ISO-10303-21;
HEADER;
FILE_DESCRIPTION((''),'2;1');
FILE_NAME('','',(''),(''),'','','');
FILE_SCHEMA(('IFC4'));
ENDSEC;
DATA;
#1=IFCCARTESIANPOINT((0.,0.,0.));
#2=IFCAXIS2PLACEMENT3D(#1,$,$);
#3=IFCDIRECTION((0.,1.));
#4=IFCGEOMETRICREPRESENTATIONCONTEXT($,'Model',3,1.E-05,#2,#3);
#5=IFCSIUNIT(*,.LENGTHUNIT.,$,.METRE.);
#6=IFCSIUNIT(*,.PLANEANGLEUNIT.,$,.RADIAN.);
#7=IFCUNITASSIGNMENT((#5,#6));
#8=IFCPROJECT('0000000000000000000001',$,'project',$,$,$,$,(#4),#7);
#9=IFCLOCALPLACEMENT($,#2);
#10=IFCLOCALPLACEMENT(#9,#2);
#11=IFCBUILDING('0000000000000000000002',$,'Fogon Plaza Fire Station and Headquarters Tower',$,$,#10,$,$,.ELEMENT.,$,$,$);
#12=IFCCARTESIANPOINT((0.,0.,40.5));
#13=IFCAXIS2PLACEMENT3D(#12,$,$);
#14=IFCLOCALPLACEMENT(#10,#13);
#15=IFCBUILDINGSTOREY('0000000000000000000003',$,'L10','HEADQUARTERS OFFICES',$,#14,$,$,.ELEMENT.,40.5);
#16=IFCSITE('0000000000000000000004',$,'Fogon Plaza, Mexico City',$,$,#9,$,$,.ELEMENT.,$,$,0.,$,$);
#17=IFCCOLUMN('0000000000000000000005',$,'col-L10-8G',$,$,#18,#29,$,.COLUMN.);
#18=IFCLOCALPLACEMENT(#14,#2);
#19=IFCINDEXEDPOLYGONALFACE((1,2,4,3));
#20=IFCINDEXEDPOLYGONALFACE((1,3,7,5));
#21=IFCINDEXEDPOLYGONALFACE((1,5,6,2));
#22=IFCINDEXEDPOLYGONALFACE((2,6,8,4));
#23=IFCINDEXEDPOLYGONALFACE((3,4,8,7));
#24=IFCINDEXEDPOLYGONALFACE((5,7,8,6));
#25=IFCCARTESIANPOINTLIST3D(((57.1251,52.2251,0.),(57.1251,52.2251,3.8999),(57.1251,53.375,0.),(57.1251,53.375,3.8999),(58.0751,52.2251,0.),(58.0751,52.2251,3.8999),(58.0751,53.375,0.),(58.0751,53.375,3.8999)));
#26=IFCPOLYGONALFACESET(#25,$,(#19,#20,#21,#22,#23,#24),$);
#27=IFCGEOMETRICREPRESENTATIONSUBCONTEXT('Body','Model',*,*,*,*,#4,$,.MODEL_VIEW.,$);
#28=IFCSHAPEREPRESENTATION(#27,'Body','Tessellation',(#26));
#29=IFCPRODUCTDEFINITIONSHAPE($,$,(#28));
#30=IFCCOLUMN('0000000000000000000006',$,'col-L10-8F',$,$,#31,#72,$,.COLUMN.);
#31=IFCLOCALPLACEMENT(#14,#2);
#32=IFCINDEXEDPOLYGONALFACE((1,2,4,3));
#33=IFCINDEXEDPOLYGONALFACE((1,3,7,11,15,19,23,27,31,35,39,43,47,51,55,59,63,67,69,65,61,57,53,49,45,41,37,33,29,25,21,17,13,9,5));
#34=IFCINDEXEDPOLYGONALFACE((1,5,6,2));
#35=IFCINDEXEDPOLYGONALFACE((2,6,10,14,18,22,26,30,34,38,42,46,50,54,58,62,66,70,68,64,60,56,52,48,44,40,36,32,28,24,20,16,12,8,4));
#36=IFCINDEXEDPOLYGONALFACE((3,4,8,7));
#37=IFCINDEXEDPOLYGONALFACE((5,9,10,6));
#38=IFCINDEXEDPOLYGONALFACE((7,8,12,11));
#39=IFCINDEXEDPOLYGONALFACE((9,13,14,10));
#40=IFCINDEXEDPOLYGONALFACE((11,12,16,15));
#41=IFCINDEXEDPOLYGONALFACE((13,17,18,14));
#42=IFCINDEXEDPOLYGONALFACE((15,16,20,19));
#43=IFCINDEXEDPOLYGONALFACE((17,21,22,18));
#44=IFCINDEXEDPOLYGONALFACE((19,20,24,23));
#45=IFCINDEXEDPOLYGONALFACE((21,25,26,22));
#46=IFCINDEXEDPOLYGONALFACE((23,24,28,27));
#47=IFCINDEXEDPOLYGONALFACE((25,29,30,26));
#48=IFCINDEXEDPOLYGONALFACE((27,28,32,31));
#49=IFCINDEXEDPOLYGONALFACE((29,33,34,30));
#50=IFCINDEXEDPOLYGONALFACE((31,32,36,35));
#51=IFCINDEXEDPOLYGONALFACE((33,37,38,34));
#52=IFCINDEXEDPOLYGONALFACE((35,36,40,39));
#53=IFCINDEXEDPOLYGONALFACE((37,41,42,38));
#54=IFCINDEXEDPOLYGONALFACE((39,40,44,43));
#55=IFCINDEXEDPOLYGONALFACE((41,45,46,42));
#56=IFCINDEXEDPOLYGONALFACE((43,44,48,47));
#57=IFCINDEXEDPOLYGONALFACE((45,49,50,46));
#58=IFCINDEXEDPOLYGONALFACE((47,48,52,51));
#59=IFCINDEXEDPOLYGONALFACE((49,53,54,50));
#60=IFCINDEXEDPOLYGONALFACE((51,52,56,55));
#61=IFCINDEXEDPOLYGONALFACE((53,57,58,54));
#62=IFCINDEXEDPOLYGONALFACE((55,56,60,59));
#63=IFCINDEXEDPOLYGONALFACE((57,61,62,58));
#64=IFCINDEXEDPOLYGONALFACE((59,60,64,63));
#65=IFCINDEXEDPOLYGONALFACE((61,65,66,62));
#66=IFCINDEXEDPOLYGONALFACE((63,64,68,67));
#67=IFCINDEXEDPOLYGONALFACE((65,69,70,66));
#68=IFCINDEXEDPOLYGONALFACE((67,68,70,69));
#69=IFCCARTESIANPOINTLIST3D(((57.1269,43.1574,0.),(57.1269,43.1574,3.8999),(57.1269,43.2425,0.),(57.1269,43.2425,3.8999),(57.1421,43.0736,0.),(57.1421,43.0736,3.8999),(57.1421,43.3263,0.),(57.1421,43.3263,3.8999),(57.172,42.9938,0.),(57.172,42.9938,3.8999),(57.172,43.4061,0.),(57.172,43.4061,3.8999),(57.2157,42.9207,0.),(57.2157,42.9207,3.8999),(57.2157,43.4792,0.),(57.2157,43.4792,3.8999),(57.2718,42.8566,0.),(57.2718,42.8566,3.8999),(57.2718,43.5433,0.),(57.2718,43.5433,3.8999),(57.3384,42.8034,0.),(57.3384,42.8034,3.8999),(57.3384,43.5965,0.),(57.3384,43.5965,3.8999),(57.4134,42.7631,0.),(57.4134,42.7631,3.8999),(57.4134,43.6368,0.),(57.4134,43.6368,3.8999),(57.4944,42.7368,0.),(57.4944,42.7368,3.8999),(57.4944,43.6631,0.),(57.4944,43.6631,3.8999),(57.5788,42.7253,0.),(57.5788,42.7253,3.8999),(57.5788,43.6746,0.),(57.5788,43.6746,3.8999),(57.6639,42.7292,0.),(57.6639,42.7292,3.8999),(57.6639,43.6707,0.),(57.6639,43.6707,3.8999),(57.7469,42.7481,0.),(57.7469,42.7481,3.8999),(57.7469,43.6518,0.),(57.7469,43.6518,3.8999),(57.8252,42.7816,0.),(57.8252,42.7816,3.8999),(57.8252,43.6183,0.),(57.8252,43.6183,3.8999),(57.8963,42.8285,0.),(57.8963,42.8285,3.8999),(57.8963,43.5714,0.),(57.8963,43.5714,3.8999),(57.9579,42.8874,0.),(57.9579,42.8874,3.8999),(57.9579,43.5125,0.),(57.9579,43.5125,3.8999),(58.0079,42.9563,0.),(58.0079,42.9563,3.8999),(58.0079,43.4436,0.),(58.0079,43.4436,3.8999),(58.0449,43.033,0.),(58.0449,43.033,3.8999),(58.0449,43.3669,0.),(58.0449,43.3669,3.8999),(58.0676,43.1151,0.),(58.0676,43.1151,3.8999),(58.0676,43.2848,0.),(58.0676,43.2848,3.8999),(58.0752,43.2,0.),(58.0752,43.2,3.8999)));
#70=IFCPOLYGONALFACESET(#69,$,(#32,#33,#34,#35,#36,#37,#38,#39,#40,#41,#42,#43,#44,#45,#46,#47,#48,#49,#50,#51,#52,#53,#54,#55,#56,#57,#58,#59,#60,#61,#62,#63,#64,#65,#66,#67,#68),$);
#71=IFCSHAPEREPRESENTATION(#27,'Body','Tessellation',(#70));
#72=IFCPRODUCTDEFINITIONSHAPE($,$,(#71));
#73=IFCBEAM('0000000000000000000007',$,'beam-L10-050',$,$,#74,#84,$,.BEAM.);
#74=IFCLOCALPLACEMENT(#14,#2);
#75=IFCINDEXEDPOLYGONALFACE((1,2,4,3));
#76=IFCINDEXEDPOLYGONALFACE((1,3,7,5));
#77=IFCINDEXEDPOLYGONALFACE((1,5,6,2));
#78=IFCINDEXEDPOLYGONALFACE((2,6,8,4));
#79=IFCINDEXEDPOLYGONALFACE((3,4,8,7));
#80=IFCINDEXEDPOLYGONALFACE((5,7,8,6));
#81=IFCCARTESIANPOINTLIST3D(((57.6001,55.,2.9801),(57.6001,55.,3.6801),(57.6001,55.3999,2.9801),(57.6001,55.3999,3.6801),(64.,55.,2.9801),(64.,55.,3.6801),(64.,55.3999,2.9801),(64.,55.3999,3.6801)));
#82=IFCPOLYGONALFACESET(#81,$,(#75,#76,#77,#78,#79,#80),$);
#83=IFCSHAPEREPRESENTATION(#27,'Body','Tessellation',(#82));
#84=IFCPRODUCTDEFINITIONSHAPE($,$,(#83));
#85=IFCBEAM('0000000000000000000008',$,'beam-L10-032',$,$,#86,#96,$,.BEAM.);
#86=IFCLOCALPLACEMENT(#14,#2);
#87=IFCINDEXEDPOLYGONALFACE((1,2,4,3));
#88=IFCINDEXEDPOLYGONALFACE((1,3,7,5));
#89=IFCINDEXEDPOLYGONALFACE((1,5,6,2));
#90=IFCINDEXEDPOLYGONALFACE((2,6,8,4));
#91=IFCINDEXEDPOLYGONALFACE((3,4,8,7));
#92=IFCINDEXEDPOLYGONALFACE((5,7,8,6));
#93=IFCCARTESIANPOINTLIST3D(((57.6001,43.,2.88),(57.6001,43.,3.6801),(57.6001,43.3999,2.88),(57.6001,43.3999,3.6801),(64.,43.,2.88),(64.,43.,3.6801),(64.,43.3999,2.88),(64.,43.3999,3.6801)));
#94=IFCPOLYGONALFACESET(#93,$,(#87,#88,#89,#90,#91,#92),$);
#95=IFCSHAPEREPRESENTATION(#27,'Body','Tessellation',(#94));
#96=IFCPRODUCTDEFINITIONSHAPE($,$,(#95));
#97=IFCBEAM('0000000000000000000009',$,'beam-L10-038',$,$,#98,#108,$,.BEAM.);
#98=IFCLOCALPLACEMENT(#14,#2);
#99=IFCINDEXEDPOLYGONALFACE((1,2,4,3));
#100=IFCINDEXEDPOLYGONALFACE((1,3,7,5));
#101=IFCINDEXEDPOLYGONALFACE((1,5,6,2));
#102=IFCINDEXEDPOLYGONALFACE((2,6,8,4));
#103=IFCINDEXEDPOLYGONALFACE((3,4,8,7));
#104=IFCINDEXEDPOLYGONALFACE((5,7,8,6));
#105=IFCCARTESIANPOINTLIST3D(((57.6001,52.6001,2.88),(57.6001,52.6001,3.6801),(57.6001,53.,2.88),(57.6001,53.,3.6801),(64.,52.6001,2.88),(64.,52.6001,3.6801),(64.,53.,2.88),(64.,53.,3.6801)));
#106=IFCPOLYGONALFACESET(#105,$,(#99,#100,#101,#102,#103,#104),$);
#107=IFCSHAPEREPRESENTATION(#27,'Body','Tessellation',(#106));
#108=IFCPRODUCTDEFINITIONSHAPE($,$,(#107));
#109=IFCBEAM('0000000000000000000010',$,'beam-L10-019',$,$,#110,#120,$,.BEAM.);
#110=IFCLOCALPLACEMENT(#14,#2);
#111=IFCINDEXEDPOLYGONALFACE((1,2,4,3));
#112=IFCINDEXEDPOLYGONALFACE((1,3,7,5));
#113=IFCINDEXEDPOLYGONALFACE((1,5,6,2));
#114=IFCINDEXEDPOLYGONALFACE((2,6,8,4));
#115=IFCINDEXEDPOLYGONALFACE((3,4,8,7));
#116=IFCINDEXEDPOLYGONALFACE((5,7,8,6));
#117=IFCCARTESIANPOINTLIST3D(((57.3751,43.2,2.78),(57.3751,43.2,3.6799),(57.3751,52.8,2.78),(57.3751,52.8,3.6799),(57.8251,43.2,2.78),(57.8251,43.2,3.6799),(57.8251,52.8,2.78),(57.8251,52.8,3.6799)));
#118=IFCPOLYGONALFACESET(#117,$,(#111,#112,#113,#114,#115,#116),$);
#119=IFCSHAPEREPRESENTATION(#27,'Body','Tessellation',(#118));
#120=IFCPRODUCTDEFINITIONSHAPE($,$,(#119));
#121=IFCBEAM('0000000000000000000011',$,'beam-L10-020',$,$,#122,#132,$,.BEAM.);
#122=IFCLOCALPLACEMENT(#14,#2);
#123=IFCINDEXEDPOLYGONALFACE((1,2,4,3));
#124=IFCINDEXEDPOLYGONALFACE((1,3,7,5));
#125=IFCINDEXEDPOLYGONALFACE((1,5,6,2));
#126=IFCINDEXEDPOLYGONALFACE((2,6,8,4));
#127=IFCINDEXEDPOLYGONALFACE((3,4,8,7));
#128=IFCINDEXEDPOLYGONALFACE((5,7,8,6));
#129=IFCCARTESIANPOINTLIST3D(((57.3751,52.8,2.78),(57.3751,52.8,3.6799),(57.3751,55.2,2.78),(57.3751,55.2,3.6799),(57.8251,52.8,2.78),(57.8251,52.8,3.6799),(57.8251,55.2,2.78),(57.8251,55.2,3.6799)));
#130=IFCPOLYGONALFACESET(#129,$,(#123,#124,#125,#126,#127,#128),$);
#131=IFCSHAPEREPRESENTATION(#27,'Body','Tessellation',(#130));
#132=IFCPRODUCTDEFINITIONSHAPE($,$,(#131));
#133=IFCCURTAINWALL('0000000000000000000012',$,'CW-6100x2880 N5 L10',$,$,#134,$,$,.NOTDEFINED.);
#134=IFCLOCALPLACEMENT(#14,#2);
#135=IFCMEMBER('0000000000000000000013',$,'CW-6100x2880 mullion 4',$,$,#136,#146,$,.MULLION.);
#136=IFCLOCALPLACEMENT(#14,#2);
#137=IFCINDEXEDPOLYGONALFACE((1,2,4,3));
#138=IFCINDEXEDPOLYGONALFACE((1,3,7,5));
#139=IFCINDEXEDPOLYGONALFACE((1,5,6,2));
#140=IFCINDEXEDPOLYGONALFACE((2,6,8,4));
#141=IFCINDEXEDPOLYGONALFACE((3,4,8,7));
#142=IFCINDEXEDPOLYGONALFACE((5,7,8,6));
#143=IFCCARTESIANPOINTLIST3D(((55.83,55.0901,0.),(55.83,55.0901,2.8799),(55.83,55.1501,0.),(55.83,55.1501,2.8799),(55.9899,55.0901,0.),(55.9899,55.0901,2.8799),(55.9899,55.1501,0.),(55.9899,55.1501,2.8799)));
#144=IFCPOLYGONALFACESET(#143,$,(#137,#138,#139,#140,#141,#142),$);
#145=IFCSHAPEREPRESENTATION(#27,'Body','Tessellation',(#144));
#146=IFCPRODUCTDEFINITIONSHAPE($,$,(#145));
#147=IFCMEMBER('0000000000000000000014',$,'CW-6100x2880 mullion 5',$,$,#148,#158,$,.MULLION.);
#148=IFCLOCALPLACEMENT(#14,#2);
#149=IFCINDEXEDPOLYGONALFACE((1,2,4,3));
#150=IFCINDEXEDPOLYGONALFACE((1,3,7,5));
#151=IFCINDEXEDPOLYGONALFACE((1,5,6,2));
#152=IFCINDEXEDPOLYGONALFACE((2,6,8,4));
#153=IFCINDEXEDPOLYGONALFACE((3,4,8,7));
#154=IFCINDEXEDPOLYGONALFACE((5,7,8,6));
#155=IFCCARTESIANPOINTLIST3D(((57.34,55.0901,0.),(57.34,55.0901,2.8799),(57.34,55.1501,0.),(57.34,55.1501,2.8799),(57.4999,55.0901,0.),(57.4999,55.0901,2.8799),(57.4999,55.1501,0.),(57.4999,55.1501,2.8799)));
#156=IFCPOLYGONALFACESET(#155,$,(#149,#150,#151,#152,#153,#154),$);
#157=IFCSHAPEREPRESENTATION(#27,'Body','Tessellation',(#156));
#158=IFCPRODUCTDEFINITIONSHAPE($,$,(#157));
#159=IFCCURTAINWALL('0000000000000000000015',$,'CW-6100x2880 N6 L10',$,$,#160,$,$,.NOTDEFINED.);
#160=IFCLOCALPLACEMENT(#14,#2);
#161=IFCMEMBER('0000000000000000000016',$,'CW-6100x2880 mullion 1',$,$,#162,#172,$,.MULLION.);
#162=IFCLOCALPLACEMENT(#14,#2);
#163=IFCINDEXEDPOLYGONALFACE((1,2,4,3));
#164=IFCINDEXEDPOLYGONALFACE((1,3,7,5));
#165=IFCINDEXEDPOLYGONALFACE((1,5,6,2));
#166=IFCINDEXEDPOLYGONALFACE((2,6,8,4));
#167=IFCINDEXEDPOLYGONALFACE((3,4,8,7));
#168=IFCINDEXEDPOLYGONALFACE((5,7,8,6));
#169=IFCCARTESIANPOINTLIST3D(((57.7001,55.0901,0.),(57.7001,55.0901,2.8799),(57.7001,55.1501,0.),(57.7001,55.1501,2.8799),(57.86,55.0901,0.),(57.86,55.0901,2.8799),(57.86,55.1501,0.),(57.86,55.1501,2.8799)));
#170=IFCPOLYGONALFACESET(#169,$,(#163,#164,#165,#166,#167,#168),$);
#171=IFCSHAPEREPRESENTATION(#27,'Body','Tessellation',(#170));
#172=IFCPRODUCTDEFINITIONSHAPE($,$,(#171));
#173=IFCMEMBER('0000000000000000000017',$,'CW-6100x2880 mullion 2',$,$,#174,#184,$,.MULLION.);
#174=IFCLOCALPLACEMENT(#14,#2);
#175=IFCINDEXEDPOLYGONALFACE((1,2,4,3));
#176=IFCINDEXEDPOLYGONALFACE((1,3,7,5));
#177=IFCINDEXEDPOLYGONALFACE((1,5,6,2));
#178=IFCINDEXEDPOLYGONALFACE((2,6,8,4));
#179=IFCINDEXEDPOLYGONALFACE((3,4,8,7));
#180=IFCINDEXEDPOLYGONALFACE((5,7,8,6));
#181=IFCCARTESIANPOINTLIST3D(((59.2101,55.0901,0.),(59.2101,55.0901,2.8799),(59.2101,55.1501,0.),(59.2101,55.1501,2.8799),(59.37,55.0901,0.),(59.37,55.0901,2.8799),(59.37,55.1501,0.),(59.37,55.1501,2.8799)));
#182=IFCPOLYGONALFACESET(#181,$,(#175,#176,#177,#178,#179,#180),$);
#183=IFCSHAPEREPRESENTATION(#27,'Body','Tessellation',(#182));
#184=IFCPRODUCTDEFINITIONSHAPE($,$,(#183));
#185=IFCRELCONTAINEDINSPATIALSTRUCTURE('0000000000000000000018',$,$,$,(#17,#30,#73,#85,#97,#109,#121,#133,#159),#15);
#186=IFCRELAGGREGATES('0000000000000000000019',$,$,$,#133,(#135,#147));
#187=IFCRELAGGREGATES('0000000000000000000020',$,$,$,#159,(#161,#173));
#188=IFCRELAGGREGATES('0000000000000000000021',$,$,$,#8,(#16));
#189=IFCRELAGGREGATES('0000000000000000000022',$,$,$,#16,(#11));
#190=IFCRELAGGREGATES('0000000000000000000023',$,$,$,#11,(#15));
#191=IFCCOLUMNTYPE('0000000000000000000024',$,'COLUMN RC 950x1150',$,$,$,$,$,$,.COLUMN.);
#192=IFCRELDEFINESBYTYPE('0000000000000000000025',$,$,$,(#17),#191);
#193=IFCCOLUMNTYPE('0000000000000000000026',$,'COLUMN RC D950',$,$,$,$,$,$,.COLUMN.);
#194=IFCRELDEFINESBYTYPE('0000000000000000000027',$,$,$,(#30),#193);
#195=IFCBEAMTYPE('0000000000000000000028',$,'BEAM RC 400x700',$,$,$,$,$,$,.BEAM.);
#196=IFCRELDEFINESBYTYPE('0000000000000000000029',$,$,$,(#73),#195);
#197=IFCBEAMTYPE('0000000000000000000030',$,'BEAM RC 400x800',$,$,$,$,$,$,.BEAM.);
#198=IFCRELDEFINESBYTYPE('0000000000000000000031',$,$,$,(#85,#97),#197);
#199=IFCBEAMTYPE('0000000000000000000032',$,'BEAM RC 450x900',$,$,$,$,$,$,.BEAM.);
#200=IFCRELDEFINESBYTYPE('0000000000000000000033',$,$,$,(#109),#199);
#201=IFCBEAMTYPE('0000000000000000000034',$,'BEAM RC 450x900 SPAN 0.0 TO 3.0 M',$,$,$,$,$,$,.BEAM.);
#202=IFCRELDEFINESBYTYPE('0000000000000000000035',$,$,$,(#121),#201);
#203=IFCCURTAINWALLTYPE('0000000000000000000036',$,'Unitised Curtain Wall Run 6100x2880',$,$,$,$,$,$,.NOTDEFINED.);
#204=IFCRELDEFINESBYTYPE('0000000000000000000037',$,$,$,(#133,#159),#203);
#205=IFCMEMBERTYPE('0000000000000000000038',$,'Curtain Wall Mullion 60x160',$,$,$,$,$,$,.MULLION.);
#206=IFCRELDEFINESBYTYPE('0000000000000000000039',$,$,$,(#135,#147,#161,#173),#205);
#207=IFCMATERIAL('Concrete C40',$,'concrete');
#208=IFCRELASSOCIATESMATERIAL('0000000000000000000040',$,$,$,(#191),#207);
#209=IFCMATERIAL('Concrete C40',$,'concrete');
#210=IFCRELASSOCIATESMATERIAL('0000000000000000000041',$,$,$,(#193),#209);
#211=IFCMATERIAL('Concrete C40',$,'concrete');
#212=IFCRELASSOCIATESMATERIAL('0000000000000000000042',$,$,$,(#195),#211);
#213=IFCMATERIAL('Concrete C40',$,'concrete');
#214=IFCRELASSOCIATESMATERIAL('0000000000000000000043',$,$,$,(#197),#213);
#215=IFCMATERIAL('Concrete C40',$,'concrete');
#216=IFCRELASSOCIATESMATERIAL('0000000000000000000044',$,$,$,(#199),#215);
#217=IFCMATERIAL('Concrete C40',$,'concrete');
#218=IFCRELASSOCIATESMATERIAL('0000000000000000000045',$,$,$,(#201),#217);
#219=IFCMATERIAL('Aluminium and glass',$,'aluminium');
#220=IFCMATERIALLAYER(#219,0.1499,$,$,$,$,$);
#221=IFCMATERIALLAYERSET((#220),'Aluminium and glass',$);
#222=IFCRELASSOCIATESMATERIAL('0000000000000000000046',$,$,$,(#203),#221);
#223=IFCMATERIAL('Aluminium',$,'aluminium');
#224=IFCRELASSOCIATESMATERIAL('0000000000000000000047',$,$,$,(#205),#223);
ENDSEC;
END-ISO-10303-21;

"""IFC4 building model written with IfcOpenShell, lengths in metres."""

from ifc_helpers import new_model, si_unit, direction, frame, origin, origin_2d, place, context, subcontext, project, spatial, rectangle, circle, extrude, material, layer, layer_set, material_profile, profile_set, type_object, element, aggregate, save


model = new_model("IFC4")

# Units and contexts
model_context = context("Model", 3, precision=1e-05, world=origin(), true_north=direction((0.0, 1.0)))
body_context = subcontext(model_context, "Body", "Model", "MODEL_VIEW")
ifc_project = project(units=[si_unit("LENGTHUNIT", "METRE"), si_unit("PLANEANGLEUNIT", "RADIAN")], contexts=[model_context])

# Site, building, storey
site_placement = place(None, origin())
site = spatial("IfcSite", under=ifc_project, at=site_placement, Name="Fogon Plaza, Mexico City", CompositionType="ELEMENT", RefElevation=0.0)
building_placement = place(site_placement, origin())
building = spatial("IfcBuilding", under=site, at=building_placement, Name="Fogon Plaza Fire Station and Headquarters Tower", CompositionType="ELEMENT")
storey_placement = place(building_placement, frame((0.0, 0.0, 40.5)))
storey = spatial("IfcBuildingStorey", under=building, at=storey_placement, Name="L10", Description="HEADQUARTERS OFFICES", CompositionType="ELEMENT", Elevation=40.5)

# Columns
ifc_material_1 = material(Name="Concrete C40", Category="concrete")
ifc_material_profile_1 = material_profile(ifc_material_1, rectangle(XDim=0.95, YDim=1.1499, at=origin_2d()), Name="RC 950x1150")
ifc_profile_set_1 = profile_set([ifc_material_profile_1], Name="Concrete C40")
column_type_1 = type_object("IfcColumnType", Name="COLUMN RC 950x1150", PredefinedType="COLUMN", material=ifc_profile_set_1)
column_1_placement = place(storey_placement, frame((57.6001, 52.8, 0.0), z_axis=(0.0, 0.0, 1.0), x_axis=(1.0, 0.0, 0.0)))
element("IfcColumn", 1, at=column_1_placement, inside=storey, type_object=column_type_1, Name="col-L10-8G", PredefinedType="COLUMN", context=body_context, shape_type="SweptSolid", body=[
    extrude(rectangle(XDim=0.95, YDim=1.1499, at=origin_2d()), origin(), (0.0, 0.0, 1.0), 3.8999),
])
ifc_material_2 = material(Name="Concrete C40", Category="concrete")
ifc_material_profile_2 = material_profile(ifc_material_2, circle(Radius=0.4751, at=origin_2d()), Name="RC D950")
ifc_profile_set_2 = profile_set([ifc_material_profile_2], Name="Concrete C40")
column_type_2 = type_object("IfcColumnType", Name="COLUMN RC D950", PredefinedType="COLUMN", material=ifc_profile_set_2)
column_2_placement = place(storey_placement, frame((57.6001, 43.2, 0.0), z_axis=(0.0, 0.0, 1.0), x_axis=(1.0, 0.0, 0.0)))
element("IfcColumn", 2, at=column_2_placement, inside=storey, type_object=column_type_2, Name="col-L10-8F", PredefinedType="COLUMN", context=body_context, shape_type="SweptSolid", body=[
    extrude(circle(Radius=0.4751, at=origin_2d()), origin(), (0.0, 0.0, 1.0), 3.8999),
])

# Beams
ifc_material_3 = material(Name="Concrete C40", Category="concrete")
ifc_material_profile_3 = material_profile(ifc_material_3, rectangle(XDim=0.3999, YDim=0.7, at=origin_2d()), Name="RC 400x700")
ifc_profile_set_3 = profile_set([ifc_material_profile_3], Name="Concrete C40")
beam_type_1 = type_object("IfcBeamType", Name="BEAM RC 400x700", PredefinedType="BEAM", material=ifc_profile_set_3)
beam_1_placement = place(storey_placement, frame((57.6001, 55.2, 3.3301), z_axis=(1.0, 0.0, 0.0), x_axis=(0.0, 1.0, 0.0)))
element("IfcBeam", 3, at=beam_1_placement, inside=storey, type_object=beam_type_1, Name="beam-L10-050", PredefinedType="BEAM", context=body_context, shape_type="SweptSolid", body=[
    extrude(rectangle(XDim=0.3999, YDim=0.7, at=origin_2d()), origin(), (0.0, 0.0, 1.0), 6.3999),
])
ifc_material_4 = material(Name="Concrete C40", Category="concrete")
ifc_material_profile_4 = material_profile(ifc_material_4, rectangle(XDim=0.3999, YDim=0.8, at=origin_2d()), Name="RC 400x800")
ifc_profile_set_4 = profile_set([ifc_material_profile_4], Name="Concrete C40")
beam_type_2 = type_object("IfcBeamType", Name="BEAM RC 400x800", PredefinedType="BEAM", material=ifc_profile_set_4)
for number, where, z_axis, x_axis, name in (
    (4, (57.6001, 43.2, 3.28), (1.0, 0.0, 0.0), (0.0, 1.0, 0.0), "beam-L10-032"),
    (5, (57.6001, 52.8, 3.28), (1.0, 0.0, 0.0), (0.0, 1.0, 0.0), "beam-L10-038"),
):
    element("IfcBeam", number, at=place(storey_placement, frame(where, z_axis=z_axis, x_axis=x_axis)), inside=storey, type_object=beam_type_2, Name=name, PredefinedType="BEAM", context=body_context, shape_type="SweptSolid", body=[
        extrude(rectangle(XDim=0.3999, YDim=0.8, at=origin_2d()), origin(), (0.0, 0.0, 1.0), 6.3999),
    ])
ifc_material_5 = material(Name="Concrete C40", Category="concrete")
ifc_material_profile_5 = material_profile(ifc_material_5, rectangle(XDim=0.45, YDim=0.8999, at=origin_2d()), Name="RC 450x900")
ifc_profile_set_5 = profile_set([ifc_material_profile_5], Name="Concrete C40")
beam_type_3 = type_object("IfcBeamType", Name="BEAM RC 450x900", PredefinedType="BEAM", material=ifc_profile_set_5)
beam_2_placement = place(storey_placement, frame((57.6001, 43.2, 3.23), z_axis=(0.0, 1.0, 0.0), x_axis=(-1.0, 0.0, 0.0)))
element("IfcBeam", 6, at=beam_2_placement, inside=storey, type_object=beam_type_3, Name="beam-L10-019", PredefinedType="BEAM", context=body_context, shape_type="SweptSolid", body=[
    extrude(rectangle(XDim=0.45, YDim=0.8999, at=origin_2d()), origin(), (0.0, 0.0, 1.0), 9.6001),
])
ifc_material_6 = material(Name="Concrete C40", Category="concrete")
ifc_material_profile_6 = material_profile(ifc_material_6, rectangle(XDim=0.45, YDim=0.8999, at=origin_2d()), Name="RC 450x900")
ifc_profile_set_6 = profile_set([ifc_material_profile_6], Name="Concrete C40")
beam_type_4 = type_object("IfcBeamType", Name="BEAM RC 450x900 SPAN 0.0 TO 3.0 M", PredefinedType="BEAM", material=ifc_profile_set_6)
beam_3_placement = place(storey_placement, frame((57.6001, 52.8, 3.23), z_axis=(0.0, 1.0, 0.0), x_axis=(-1.0, 0.0, 0.0)))
element("IfcBeam", 7, at=beam_3_placement, inside=storey, type_object=beam_type_4, Name="beam-L10-020", PredefinedType="BEAM", context=body_context, shape_type="SweptSolid", body=[
    extrude(rectangle(XDim=0.45, YDim=0.8999, at=origin_2d()), origin(), (0.0, 0.0, 1.0), 2.3999),
])

# Curtain walls, members
ifc_material_7 = material(Name="Aluminium and glass", Category="aluminium")
ifc_layer_1 = layer(ifc_material_7, 0.1499)
ifc_layer_set_1 = layer_set([ifc_layer_1], Name="Aluminium and glass")
curtain_wall_type = type_object("IfcCurtainWallType", Name="Unitised Curtain Wall Run 6100x2880", PredefinedType="NOTDEFINED", material=ifc_layer_set_1)
curtain_wall_1_placement = place(storey_placement, origin())
curtain_wall_1 = element("IfcCurtainWall", 8, at=curtain_wall_1_placement, inside=storey, type_object=curtain_wall_type, Name="CW-6100x2880 N5 L10", PredefinedType="NOTDEFINED")
ifc_material_8 = material(Name="Aluminium", Category="aluminium")
ifc_material_profile_7 = material_profile(ifc_material_8, rectangle(XDim=0.0601, YDim=0.1599, at=origin_2d()), Name="Curtain Wall Mullion 60x160")
ifc_profile_set_7 = profile_set([ifc_material_profile_7], Name="Aluminium")
member_type_1 = type_object("IfcMemberType", Name="Curtain Wall Mullion 60x160", PredefinedType="MULLION", material=ifc_profile_set_7)
member_1_placement = place(storey_placement, frame((55.9099, 55.1201, 0.0), z_axis=(0.0, 0.0, 1.0), x_axis=(0.0, 1.0, 0.0)))
member_1 = element("IfcMember", 9, at=member_1_placement, type_object=member_type_1, Name="CW-6100x2880 mullion 4", PredefinedType="MULLION", context=body_context, shape_type="SweptSolid", body=[
    extrude(rectangle(XDim=0.0601, YDim=0.1599, at=origin_2d()), origin(), (0.0, 0.0, 1.0), 2.8799),
])
member_2_placement = place(storey_placement, frame((57.4199, 55.1201, 0.0), z_axis=(0.0, 0.0, 1.0), x_axis=(0.0, 1.0, 0.0)))
member_2 = element("IfcMember", 10, at=member_2_placement, type_object=member_type_1, Name="CW-6100x2880 mullion 5", PredefinedType="MULLION", context=body_context, shape_type="SweptSolid", body=[
    extrude(rectangle(XDim=0.0601, YDim=0.1599, at=origin_2d()), origin(), (0.0, 0.0, 1.0), 2.8799),
])
curtain_wall_2_placement = place(storey_placement, origin())
curtain_wall_2 = element("IfcCurtainWall", 11, at=curtain_wall_2_placement, inside=storey, type_object=curtain_wall_type, Name="CW-6100x2880 N6 L10", PredefinedType="NOTDEFINED")
member_3_placement = place(storey_placement, frame((57.78, 55.1201, 0.0), z_axis=(0.0, 0.0, 1.0), x_axis=(0.0, 1.0, 0.0)))
member_3 = element("IfcMember", 12, at=member_3_placement, type_object=member_type_1, Name="CW-6100x2880 mullion 1", PredefinedType="MULLION", context=body_context, shape_type="SweptSolid", body=[
    extrude(rectangle(XDim=0.0601, YDim=0.1599, at=origin_2d()), origin(), (0.0, 0.0, 1.0), 2.8799),
])
member_4_placement = place(storey_placement, frame((59.29, 55.1201, 0.0), z_axis=(0.0, 0.0, 1.0), x_axis=(0.0, 1.0, 0.0)))
member_4 = element("IfcMember", 13, at=member_4_placement, type_object=member_type_1, Name="CW-6100x2880 mullion 2", PredefinedType="MULLION", context=body_context, shape_type="SweptSolid", body=[
    extrude(rectangle(XDim=0.0601, YDim=0.1599, at=origin_2d()), origin(), (0.0, 0.0, 1.0), 2.8799),
])

aggregate(curtain_wall_1, [member_1, member_2])
aggregate(curtain_wall_2, [member_3, member_4])

save(model, "model.ifc")
